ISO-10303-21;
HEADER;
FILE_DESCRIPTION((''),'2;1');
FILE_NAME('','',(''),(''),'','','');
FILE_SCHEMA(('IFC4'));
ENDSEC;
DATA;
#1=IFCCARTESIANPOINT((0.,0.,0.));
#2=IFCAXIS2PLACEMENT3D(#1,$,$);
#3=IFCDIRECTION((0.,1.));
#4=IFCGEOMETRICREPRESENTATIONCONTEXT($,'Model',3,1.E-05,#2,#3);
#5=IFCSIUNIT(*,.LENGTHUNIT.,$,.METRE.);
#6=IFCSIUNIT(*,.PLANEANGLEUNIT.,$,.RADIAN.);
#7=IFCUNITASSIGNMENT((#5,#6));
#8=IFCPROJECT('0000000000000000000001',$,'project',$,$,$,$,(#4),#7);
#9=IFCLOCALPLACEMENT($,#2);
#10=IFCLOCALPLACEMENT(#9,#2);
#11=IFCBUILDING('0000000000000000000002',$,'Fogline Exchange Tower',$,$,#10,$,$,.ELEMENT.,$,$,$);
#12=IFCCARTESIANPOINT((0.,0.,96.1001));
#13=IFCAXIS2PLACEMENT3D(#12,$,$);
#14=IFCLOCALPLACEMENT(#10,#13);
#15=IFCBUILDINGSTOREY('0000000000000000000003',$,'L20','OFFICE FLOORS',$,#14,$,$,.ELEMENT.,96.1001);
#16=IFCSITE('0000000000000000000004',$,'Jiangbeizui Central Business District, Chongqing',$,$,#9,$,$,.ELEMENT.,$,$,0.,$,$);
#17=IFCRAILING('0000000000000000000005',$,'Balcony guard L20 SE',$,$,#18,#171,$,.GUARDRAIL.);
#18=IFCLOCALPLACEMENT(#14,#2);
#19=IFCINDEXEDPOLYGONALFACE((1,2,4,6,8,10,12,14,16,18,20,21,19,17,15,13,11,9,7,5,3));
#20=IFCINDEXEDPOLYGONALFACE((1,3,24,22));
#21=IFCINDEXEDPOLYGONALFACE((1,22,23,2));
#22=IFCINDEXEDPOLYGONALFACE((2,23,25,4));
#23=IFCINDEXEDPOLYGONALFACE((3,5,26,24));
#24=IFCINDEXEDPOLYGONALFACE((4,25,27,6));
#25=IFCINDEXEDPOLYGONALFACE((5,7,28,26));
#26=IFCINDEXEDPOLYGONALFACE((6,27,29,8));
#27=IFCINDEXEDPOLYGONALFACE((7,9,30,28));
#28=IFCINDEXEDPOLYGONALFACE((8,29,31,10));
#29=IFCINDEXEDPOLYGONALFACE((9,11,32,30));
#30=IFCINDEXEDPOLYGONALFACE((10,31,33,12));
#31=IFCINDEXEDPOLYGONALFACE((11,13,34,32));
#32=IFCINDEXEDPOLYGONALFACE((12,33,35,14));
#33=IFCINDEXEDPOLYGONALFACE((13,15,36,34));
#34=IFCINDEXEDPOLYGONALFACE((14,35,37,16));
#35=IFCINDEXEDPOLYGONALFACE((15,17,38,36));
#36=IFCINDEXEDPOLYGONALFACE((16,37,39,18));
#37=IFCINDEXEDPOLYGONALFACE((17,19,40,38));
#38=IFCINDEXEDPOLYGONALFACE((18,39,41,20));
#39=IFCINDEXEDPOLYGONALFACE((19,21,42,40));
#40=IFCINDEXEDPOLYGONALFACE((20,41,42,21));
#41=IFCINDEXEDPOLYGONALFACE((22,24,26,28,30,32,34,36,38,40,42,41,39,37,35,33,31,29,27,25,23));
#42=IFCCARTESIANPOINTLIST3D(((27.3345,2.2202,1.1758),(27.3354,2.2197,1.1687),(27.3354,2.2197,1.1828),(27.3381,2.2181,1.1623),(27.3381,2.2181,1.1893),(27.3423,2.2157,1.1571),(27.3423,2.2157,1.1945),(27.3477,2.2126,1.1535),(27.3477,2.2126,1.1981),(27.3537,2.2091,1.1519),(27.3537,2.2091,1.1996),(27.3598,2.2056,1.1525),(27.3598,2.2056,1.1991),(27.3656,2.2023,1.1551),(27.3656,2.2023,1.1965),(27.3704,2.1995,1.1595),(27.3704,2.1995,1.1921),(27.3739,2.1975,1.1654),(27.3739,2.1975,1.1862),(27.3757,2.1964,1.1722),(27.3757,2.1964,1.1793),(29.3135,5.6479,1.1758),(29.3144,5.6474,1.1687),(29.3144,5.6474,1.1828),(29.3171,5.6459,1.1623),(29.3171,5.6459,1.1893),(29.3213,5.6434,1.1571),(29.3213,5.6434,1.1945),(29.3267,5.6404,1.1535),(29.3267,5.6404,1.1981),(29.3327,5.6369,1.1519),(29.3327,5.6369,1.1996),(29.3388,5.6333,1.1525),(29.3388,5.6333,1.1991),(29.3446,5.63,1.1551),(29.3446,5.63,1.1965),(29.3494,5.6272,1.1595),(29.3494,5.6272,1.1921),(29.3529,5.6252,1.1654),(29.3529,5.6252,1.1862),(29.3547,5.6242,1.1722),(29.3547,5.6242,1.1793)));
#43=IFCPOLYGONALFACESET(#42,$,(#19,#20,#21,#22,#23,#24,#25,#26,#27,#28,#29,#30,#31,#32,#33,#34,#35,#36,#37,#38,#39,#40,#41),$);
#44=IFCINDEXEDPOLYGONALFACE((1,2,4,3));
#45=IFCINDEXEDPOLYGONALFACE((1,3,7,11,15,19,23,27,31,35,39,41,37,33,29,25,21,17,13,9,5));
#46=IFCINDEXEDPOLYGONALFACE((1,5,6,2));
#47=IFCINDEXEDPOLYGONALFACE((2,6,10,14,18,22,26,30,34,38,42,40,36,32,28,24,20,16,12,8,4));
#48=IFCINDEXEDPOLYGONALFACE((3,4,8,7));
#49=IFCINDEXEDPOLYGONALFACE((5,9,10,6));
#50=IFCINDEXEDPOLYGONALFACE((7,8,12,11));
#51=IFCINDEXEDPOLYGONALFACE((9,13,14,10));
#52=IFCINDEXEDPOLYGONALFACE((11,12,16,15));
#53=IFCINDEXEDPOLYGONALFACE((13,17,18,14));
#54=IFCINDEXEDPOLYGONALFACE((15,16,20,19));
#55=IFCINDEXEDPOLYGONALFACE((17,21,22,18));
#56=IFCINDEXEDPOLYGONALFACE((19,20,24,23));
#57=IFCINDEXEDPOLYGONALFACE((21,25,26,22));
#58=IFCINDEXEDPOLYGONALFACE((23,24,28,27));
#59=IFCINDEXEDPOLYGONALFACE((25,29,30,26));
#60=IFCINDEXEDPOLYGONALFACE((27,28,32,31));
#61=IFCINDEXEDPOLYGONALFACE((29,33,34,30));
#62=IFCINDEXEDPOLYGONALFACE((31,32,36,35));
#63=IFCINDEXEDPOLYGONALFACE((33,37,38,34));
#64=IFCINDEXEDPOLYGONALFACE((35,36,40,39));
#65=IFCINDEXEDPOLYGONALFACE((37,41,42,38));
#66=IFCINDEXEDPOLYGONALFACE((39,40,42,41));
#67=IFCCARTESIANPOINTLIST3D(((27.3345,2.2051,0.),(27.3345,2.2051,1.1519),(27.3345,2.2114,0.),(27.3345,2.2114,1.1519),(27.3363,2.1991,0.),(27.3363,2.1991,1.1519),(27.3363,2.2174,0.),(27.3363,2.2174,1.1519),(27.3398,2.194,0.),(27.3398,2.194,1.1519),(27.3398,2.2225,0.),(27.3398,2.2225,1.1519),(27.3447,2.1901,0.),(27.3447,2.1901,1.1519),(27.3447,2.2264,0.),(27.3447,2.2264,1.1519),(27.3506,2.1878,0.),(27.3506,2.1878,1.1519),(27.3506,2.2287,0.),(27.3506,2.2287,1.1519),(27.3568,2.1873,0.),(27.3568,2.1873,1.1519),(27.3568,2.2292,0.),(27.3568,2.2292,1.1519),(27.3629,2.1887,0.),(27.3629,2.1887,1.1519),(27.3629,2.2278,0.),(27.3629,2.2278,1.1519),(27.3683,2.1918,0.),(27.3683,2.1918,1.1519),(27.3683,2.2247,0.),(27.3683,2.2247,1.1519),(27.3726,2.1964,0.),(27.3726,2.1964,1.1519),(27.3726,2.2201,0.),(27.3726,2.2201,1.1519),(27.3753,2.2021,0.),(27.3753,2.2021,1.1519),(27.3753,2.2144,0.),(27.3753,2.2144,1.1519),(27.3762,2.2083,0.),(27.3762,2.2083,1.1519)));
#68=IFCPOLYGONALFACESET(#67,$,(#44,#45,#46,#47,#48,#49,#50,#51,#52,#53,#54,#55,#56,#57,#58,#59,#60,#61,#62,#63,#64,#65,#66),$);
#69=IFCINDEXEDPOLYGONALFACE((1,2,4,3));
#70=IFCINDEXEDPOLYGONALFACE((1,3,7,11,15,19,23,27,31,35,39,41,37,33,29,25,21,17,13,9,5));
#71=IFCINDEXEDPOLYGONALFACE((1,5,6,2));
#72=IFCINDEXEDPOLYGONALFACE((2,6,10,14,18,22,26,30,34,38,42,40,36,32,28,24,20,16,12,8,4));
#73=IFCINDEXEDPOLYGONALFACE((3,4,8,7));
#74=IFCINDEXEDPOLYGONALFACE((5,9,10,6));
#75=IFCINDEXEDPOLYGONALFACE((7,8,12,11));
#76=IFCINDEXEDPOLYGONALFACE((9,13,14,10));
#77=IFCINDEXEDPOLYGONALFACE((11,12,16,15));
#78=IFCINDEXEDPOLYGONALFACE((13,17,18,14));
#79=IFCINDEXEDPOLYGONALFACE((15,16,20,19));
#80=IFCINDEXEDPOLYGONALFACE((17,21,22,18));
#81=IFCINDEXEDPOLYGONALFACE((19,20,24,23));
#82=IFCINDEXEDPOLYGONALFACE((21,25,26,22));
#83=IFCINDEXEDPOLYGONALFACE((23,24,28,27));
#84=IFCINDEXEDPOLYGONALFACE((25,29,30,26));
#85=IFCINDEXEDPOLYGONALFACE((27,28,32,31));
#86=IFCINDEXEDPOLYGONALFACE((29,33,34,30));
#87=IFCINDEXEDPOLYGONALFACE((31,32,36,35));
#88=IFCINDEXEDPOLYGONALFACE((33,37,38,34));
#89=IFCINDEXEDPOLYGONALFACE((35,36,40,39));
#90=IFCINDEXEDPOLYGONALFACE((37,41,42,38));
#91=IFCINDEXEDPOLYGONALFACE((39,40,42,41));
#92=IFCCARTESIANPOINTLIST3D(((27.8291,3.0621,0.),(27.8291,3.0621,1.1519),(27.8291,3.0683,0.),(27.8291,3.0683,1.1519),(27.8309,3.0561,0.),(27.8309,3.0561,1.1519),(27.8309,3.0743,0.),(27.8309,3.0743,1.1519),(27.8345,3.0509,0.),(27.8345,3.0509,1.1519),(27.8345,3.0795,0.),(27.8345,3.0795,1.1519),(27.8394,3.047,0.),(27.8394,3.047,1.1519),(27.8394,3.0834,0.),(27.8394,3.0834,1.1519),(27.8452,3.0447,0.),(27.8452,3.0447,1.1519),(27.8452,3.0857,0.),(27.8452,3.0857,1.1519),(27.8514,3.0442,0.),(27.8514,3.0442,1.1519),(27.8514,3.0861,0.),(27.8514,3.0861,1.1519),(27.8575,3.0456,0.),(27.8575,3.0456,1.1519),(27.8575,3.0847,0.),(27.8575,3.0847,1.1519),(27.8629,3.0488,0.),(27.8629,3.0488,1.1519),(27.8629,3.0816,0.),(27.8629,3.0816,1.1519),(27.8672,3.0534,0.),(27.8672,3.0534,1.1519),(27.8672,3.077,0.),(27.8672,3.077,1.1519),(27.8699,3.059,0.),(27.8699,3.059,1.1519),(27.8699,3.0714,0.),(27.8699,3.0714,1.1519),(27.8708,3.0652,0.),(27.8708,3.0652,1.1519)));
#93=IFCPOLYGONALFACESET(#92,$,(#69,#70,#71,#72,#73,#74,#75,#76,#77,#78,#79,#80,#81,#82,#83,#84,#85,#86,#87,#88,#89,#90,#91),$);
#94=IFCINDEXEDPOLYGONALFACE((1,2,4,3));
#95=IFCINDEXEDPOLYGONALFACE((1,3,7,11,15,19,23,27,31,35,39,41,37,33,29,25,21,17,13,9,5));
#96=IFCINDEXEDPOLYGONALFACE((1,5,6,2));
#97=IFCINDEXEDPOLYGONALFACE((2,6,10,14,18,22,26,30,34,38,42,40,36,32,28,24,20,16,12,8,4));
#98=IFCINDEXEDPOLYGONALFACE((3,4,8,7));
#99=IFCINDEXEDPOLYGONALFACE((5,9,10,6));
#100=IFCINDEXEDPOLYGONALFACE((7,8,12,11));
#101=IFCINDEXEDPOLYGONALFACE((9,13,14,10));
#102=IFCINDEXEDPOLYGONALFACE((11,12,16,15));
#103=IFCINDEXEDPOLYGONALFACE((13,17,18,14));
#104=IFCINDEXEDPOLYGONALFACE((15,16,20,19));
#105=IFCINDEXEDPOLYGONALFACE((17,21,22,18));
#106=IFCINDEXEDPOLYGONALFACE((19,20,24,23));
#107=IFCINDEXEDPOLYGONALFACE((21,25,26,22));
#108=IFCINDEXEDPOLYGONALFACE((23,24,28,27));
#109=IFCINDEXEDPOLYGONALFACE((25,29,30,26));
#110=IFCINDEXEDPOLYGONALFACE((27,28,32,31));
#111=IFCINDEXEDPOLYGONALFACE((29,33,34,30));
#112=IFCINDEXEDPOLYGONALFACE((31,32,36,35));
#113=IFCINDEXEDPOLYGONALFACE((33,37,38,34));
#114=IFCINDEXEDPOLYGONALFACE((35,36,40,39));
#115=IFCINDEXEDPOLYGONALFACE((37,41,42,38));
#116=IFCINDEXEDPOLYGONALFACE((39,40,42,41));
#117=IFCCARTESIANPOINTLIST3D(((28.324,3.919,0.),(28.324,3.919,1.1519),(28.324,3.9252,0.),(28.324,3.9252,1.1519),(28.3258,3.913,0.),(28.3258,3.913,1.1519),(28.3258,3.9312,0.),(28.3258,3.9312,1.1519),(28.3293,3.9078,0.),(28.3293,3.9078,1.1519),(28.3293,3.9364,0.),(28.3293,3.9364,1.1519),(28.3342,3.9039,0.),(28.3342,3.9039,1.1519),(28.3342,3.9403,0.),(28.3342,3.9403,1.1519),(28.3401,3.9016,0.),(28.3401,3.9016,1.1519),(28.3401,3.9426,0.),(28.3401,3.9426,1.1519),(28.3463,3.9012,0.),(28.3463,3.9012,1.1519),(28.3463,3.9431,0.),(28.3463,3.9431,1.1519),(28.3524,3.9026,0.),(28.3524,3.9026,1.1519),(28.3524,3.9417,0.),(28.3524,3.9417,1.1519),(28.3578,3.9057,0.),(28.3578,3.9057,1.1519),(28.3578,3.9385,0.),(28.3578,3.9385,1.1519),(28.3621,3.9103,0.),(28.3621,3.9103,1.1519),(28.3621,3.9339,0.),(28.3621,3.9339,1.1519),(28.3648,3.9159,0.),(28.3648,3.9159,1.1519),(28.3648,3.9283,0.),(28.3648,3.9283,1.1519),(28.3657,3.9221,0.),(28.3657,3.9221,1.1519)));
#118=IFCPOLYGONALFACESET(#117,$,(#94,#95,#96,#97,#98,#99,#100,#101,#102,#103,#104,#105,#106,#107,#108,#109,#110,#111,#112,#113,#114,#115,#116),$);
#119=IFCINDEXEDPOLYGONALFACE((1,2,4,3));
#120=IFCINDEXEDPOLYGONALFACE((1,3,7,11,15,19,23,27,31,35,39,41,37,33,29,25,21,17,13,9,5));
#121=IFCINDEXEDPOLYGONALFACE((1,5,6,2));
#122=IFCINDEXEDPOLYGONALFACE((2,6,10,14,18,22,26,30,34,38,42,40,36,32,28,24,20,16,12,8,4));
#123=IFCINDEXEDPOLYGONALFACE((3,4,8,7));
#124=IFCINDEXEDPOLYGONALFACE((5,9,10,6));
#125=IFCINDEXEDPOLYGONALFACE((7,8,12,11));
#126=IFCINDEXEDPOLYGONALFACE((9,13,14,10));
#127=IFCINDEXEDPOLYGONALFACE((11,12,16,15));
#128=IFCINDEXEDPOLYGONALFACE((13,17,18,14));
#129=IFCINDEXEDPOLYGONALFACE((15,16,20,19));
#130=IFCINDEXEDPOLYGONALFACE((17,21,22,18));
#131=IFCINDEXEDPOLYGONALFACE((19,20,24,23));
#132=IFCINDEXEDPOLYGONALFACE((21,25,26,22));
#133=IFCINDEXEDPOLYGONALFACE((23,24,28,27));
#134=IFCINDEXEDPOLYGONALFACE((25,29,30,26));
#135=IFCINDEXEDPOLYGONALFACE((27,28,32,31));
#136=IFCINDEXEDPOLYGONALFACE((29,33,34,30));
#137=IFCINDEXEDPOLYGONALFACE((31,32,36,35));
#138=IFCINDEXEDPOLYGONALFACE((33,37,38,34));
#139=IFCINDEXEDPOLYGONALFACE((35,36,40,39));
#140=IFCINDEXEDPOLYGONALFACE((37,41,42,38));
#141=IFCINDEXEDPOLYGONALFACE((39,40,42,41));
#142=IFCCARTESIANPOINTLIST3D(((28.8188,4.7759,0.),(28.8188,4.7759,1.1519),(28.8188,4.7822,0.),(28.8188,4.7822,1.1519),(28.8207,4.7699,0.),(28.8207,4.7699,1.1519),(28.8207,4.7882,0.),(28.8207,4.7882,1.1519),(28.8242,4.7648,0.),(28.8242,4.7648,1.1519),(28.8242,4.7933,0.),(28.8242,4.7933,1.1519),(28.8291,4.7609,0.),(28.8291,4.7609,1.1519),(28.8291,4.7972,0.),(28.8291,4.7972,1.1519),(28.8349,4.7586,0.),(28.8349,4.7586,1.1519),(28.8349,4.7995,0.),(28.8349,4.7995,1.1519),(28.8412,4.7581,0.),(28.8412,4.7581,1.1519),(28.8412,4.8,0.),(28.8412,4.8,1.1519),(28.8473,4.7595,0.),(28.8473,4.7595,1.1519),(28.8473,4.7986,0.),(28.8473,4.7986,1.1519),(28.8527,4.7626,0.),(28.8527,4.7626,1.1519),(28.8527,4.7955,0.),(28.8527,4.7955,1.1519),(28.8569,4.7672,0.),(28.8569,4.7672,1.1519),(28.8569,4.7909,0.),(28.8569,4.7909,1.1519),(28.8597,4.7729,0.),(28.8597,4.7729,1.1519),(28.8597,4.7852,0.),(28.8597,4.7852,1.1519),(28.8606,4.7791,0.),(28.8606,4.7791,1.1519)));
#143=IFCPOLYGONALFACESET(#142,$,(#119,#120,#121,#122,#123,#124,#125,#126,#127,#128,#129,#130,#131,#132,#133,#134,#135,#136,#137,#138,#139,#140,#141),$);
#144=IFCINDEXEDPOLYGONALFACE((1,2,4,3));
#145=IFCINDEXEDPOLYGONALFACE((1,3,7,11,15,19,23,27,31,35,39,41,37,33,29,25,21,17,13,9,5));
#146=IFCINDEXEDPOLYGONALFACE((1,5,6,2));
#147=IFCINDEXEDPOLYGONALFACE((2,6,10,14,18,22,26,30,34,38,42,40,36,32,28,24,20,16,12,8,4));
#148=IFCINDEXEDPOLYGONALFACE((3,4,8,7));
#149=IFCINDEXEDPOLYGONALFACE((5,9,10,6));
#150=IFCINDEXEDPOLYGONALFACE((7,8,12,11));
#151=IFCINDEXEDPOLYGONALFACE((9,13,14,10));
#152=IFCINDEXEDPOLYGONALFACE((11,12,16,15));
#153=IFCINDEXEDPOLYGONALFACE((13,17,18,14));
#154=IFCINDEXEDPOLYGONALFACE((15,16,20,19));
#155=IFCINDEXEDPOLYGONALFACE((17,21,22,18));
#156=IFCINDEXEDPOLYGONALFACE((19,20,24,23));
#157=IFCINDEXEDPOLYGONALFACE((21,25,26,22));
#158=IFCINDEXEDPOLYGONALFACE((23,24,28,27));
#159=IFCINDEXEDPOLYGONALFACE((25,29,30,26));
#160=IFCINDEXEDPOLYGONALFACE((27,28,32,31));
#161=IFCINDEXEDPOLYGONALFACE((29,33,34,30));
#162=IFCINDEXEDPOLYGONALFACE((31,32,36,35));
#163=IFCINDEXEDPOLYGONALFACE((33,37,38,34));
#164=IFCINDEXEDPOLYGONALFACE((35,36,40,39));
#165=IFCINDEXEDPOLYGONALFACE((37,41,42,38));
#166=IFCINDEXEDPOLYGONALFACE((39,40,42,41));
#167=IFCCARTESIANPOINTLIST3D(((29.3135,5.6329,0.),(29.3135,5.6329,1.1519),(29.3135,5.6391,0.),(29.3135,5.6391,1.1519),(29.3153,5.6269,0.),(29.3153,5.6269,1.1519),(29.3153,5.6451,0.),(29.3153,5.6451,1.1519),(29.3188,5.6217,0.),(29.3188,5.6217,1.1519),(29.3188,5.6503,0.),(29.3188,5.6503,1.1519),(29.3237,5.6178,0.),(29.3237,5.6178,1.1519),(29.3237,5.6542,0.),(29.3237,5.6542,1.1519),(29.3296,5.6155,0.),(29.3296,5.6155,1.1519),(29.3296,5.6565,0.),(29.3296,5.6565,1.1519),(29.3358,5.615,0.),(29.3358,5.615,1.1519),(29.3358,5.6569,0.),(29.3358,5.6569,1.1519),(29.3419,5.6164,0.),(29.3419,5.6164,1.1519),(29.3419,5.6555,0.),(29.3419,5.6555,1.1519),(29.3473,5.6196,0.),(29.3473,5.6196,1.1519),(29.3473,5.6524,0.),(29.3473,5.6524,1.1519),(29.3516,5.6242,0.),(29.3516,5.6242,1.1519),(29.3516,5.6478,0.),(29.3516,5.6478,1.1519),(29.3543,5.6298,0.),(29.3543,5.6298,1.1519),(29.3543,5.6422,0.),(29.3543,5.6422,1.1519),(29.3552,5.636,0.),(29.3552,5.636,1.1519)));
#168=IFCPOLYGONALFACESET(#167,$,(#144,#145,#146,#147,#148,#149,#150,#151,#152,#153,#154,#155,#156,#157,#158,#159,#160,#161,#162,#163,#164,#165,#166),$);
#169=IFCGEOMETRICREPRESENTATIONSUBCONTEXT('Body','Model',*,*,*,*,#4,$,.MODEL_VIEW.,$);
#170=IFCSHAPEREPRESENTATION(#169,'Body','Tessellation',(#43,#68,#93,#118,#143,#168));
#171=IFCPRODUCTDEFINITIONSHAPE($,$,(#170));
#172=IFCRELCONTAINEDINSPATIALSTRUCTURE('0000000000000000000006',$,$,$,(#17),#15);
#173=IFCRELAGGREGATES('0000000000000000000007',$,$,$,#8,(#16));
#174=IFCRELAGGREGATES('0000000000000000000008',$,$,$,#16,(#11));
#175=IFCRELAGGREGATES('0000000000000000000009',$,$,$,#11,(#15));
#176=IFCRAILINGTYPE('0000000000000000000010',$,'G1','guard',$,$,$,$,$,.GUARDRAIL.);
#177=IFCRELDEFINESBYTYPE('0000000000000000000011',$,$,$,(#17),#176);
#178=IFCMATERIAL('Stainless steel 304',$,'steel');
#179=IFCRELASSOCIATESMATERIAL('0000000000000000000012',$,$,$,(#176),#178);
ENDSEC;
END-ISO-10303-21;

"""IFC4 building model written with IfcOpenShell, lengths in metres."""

from ifc_helpers import new_model, si_unit, direction, frame, origin, origin_2d, place, context, subcontext, project, spatial, circle, extrude, material, type_object, element, save


model = new_model("IFC4")

# Units and contexts
model_context = context("Model", 3, precision=1e-05, world=origin(), true_north=direction((0.0, 1.0)))
body_context = subcontext(model_context, "Body", "Model", "MODEL_VIEW")
ifc_project = project(units=[si_unit("LENGTHUNIT", "METRE"), si_unit("PLANEANGLEUNIT", "RADIAN")], contexts=[model_context])

# Site, building, storey
site_placement = place(None, origin())
site = spatial("IfcSite", under=ifc_project, at=site_placement, Name="Jiangbeizui Central Business District, Chongqing", CompositionType="ELEMENT", RefElevation=0.0)
building_placement = place(site_placement, origin())
building = spatial("IfcBuilding", under=site, at=building_placement, Name="Fogline Exchange Tower", CompositionType="ELEMENT")
storey_placement = place(building_placement, frame((0.0, 0.0, 96.1001)))
storey = spatial("IfcBuildingStorey", under=building, at=storey_placement, Name="L20", Description="OFFICE FLOORS", CompositionType="ELEMENT", Elevation=96.1001)

# Railing
ifc_material_1 = material(Name="Stainless steel 304", Category="steel")
railing_type = type_object("IfcRailingType", Name="G1", Description="guard", PredefinedType="GUARDRAIL", material=ifc_material_1)
railing_placement = place(storey_placement, frame((27.3552, 2.2083, 0.0)))
element("IfcRailing", 1, at=railing_placement, inside=storey, type_object=railing_type, Name="Balcony guard L20 SE", PredefinedType="GUARDRAIL", context=body_context, shape_type="SweptSolid", body=[
    extrude(circle(Radius=0.0239, at=origin_2d()), frame((0.0, 0.0, 1.1758), z_axis=(0.5, 0.866025, 0.0), x_axis=(-0.866025, 0.5, 0.0)), (0.0, 0.0, 1.0), 3.958),
    extrude(circle(Radius=0.021, at=origin_2d()), origin(), (0.0, 0.0, 1.0), 1.1519),
    extrude(circle(Radius=0.021, at=origin_2d()), frame((0.4946, 0.8569, 0.0)), (0.0, 0.0, 1.0), 1.1519),
    extrude(circle(Radius=0.021, at=origin_2d()), frame((0.9895, 1.7139, 0.0)), (0.0, 0.0, 1.0), 1.1519),
    extrude(circle(Radius=0.021, at=origin_2d()), frame((1.4844, 2.5708, 0.0)), (0.0, 0.0, 1.0), 1.1519),
    extrude(circle(Radius=0.021, at=origin_2d()), frame((1.979, 3.4277, 0.0)), (0.0, 0.0, 1.0), 1.1519),
])

save(model, "model.ifc")
